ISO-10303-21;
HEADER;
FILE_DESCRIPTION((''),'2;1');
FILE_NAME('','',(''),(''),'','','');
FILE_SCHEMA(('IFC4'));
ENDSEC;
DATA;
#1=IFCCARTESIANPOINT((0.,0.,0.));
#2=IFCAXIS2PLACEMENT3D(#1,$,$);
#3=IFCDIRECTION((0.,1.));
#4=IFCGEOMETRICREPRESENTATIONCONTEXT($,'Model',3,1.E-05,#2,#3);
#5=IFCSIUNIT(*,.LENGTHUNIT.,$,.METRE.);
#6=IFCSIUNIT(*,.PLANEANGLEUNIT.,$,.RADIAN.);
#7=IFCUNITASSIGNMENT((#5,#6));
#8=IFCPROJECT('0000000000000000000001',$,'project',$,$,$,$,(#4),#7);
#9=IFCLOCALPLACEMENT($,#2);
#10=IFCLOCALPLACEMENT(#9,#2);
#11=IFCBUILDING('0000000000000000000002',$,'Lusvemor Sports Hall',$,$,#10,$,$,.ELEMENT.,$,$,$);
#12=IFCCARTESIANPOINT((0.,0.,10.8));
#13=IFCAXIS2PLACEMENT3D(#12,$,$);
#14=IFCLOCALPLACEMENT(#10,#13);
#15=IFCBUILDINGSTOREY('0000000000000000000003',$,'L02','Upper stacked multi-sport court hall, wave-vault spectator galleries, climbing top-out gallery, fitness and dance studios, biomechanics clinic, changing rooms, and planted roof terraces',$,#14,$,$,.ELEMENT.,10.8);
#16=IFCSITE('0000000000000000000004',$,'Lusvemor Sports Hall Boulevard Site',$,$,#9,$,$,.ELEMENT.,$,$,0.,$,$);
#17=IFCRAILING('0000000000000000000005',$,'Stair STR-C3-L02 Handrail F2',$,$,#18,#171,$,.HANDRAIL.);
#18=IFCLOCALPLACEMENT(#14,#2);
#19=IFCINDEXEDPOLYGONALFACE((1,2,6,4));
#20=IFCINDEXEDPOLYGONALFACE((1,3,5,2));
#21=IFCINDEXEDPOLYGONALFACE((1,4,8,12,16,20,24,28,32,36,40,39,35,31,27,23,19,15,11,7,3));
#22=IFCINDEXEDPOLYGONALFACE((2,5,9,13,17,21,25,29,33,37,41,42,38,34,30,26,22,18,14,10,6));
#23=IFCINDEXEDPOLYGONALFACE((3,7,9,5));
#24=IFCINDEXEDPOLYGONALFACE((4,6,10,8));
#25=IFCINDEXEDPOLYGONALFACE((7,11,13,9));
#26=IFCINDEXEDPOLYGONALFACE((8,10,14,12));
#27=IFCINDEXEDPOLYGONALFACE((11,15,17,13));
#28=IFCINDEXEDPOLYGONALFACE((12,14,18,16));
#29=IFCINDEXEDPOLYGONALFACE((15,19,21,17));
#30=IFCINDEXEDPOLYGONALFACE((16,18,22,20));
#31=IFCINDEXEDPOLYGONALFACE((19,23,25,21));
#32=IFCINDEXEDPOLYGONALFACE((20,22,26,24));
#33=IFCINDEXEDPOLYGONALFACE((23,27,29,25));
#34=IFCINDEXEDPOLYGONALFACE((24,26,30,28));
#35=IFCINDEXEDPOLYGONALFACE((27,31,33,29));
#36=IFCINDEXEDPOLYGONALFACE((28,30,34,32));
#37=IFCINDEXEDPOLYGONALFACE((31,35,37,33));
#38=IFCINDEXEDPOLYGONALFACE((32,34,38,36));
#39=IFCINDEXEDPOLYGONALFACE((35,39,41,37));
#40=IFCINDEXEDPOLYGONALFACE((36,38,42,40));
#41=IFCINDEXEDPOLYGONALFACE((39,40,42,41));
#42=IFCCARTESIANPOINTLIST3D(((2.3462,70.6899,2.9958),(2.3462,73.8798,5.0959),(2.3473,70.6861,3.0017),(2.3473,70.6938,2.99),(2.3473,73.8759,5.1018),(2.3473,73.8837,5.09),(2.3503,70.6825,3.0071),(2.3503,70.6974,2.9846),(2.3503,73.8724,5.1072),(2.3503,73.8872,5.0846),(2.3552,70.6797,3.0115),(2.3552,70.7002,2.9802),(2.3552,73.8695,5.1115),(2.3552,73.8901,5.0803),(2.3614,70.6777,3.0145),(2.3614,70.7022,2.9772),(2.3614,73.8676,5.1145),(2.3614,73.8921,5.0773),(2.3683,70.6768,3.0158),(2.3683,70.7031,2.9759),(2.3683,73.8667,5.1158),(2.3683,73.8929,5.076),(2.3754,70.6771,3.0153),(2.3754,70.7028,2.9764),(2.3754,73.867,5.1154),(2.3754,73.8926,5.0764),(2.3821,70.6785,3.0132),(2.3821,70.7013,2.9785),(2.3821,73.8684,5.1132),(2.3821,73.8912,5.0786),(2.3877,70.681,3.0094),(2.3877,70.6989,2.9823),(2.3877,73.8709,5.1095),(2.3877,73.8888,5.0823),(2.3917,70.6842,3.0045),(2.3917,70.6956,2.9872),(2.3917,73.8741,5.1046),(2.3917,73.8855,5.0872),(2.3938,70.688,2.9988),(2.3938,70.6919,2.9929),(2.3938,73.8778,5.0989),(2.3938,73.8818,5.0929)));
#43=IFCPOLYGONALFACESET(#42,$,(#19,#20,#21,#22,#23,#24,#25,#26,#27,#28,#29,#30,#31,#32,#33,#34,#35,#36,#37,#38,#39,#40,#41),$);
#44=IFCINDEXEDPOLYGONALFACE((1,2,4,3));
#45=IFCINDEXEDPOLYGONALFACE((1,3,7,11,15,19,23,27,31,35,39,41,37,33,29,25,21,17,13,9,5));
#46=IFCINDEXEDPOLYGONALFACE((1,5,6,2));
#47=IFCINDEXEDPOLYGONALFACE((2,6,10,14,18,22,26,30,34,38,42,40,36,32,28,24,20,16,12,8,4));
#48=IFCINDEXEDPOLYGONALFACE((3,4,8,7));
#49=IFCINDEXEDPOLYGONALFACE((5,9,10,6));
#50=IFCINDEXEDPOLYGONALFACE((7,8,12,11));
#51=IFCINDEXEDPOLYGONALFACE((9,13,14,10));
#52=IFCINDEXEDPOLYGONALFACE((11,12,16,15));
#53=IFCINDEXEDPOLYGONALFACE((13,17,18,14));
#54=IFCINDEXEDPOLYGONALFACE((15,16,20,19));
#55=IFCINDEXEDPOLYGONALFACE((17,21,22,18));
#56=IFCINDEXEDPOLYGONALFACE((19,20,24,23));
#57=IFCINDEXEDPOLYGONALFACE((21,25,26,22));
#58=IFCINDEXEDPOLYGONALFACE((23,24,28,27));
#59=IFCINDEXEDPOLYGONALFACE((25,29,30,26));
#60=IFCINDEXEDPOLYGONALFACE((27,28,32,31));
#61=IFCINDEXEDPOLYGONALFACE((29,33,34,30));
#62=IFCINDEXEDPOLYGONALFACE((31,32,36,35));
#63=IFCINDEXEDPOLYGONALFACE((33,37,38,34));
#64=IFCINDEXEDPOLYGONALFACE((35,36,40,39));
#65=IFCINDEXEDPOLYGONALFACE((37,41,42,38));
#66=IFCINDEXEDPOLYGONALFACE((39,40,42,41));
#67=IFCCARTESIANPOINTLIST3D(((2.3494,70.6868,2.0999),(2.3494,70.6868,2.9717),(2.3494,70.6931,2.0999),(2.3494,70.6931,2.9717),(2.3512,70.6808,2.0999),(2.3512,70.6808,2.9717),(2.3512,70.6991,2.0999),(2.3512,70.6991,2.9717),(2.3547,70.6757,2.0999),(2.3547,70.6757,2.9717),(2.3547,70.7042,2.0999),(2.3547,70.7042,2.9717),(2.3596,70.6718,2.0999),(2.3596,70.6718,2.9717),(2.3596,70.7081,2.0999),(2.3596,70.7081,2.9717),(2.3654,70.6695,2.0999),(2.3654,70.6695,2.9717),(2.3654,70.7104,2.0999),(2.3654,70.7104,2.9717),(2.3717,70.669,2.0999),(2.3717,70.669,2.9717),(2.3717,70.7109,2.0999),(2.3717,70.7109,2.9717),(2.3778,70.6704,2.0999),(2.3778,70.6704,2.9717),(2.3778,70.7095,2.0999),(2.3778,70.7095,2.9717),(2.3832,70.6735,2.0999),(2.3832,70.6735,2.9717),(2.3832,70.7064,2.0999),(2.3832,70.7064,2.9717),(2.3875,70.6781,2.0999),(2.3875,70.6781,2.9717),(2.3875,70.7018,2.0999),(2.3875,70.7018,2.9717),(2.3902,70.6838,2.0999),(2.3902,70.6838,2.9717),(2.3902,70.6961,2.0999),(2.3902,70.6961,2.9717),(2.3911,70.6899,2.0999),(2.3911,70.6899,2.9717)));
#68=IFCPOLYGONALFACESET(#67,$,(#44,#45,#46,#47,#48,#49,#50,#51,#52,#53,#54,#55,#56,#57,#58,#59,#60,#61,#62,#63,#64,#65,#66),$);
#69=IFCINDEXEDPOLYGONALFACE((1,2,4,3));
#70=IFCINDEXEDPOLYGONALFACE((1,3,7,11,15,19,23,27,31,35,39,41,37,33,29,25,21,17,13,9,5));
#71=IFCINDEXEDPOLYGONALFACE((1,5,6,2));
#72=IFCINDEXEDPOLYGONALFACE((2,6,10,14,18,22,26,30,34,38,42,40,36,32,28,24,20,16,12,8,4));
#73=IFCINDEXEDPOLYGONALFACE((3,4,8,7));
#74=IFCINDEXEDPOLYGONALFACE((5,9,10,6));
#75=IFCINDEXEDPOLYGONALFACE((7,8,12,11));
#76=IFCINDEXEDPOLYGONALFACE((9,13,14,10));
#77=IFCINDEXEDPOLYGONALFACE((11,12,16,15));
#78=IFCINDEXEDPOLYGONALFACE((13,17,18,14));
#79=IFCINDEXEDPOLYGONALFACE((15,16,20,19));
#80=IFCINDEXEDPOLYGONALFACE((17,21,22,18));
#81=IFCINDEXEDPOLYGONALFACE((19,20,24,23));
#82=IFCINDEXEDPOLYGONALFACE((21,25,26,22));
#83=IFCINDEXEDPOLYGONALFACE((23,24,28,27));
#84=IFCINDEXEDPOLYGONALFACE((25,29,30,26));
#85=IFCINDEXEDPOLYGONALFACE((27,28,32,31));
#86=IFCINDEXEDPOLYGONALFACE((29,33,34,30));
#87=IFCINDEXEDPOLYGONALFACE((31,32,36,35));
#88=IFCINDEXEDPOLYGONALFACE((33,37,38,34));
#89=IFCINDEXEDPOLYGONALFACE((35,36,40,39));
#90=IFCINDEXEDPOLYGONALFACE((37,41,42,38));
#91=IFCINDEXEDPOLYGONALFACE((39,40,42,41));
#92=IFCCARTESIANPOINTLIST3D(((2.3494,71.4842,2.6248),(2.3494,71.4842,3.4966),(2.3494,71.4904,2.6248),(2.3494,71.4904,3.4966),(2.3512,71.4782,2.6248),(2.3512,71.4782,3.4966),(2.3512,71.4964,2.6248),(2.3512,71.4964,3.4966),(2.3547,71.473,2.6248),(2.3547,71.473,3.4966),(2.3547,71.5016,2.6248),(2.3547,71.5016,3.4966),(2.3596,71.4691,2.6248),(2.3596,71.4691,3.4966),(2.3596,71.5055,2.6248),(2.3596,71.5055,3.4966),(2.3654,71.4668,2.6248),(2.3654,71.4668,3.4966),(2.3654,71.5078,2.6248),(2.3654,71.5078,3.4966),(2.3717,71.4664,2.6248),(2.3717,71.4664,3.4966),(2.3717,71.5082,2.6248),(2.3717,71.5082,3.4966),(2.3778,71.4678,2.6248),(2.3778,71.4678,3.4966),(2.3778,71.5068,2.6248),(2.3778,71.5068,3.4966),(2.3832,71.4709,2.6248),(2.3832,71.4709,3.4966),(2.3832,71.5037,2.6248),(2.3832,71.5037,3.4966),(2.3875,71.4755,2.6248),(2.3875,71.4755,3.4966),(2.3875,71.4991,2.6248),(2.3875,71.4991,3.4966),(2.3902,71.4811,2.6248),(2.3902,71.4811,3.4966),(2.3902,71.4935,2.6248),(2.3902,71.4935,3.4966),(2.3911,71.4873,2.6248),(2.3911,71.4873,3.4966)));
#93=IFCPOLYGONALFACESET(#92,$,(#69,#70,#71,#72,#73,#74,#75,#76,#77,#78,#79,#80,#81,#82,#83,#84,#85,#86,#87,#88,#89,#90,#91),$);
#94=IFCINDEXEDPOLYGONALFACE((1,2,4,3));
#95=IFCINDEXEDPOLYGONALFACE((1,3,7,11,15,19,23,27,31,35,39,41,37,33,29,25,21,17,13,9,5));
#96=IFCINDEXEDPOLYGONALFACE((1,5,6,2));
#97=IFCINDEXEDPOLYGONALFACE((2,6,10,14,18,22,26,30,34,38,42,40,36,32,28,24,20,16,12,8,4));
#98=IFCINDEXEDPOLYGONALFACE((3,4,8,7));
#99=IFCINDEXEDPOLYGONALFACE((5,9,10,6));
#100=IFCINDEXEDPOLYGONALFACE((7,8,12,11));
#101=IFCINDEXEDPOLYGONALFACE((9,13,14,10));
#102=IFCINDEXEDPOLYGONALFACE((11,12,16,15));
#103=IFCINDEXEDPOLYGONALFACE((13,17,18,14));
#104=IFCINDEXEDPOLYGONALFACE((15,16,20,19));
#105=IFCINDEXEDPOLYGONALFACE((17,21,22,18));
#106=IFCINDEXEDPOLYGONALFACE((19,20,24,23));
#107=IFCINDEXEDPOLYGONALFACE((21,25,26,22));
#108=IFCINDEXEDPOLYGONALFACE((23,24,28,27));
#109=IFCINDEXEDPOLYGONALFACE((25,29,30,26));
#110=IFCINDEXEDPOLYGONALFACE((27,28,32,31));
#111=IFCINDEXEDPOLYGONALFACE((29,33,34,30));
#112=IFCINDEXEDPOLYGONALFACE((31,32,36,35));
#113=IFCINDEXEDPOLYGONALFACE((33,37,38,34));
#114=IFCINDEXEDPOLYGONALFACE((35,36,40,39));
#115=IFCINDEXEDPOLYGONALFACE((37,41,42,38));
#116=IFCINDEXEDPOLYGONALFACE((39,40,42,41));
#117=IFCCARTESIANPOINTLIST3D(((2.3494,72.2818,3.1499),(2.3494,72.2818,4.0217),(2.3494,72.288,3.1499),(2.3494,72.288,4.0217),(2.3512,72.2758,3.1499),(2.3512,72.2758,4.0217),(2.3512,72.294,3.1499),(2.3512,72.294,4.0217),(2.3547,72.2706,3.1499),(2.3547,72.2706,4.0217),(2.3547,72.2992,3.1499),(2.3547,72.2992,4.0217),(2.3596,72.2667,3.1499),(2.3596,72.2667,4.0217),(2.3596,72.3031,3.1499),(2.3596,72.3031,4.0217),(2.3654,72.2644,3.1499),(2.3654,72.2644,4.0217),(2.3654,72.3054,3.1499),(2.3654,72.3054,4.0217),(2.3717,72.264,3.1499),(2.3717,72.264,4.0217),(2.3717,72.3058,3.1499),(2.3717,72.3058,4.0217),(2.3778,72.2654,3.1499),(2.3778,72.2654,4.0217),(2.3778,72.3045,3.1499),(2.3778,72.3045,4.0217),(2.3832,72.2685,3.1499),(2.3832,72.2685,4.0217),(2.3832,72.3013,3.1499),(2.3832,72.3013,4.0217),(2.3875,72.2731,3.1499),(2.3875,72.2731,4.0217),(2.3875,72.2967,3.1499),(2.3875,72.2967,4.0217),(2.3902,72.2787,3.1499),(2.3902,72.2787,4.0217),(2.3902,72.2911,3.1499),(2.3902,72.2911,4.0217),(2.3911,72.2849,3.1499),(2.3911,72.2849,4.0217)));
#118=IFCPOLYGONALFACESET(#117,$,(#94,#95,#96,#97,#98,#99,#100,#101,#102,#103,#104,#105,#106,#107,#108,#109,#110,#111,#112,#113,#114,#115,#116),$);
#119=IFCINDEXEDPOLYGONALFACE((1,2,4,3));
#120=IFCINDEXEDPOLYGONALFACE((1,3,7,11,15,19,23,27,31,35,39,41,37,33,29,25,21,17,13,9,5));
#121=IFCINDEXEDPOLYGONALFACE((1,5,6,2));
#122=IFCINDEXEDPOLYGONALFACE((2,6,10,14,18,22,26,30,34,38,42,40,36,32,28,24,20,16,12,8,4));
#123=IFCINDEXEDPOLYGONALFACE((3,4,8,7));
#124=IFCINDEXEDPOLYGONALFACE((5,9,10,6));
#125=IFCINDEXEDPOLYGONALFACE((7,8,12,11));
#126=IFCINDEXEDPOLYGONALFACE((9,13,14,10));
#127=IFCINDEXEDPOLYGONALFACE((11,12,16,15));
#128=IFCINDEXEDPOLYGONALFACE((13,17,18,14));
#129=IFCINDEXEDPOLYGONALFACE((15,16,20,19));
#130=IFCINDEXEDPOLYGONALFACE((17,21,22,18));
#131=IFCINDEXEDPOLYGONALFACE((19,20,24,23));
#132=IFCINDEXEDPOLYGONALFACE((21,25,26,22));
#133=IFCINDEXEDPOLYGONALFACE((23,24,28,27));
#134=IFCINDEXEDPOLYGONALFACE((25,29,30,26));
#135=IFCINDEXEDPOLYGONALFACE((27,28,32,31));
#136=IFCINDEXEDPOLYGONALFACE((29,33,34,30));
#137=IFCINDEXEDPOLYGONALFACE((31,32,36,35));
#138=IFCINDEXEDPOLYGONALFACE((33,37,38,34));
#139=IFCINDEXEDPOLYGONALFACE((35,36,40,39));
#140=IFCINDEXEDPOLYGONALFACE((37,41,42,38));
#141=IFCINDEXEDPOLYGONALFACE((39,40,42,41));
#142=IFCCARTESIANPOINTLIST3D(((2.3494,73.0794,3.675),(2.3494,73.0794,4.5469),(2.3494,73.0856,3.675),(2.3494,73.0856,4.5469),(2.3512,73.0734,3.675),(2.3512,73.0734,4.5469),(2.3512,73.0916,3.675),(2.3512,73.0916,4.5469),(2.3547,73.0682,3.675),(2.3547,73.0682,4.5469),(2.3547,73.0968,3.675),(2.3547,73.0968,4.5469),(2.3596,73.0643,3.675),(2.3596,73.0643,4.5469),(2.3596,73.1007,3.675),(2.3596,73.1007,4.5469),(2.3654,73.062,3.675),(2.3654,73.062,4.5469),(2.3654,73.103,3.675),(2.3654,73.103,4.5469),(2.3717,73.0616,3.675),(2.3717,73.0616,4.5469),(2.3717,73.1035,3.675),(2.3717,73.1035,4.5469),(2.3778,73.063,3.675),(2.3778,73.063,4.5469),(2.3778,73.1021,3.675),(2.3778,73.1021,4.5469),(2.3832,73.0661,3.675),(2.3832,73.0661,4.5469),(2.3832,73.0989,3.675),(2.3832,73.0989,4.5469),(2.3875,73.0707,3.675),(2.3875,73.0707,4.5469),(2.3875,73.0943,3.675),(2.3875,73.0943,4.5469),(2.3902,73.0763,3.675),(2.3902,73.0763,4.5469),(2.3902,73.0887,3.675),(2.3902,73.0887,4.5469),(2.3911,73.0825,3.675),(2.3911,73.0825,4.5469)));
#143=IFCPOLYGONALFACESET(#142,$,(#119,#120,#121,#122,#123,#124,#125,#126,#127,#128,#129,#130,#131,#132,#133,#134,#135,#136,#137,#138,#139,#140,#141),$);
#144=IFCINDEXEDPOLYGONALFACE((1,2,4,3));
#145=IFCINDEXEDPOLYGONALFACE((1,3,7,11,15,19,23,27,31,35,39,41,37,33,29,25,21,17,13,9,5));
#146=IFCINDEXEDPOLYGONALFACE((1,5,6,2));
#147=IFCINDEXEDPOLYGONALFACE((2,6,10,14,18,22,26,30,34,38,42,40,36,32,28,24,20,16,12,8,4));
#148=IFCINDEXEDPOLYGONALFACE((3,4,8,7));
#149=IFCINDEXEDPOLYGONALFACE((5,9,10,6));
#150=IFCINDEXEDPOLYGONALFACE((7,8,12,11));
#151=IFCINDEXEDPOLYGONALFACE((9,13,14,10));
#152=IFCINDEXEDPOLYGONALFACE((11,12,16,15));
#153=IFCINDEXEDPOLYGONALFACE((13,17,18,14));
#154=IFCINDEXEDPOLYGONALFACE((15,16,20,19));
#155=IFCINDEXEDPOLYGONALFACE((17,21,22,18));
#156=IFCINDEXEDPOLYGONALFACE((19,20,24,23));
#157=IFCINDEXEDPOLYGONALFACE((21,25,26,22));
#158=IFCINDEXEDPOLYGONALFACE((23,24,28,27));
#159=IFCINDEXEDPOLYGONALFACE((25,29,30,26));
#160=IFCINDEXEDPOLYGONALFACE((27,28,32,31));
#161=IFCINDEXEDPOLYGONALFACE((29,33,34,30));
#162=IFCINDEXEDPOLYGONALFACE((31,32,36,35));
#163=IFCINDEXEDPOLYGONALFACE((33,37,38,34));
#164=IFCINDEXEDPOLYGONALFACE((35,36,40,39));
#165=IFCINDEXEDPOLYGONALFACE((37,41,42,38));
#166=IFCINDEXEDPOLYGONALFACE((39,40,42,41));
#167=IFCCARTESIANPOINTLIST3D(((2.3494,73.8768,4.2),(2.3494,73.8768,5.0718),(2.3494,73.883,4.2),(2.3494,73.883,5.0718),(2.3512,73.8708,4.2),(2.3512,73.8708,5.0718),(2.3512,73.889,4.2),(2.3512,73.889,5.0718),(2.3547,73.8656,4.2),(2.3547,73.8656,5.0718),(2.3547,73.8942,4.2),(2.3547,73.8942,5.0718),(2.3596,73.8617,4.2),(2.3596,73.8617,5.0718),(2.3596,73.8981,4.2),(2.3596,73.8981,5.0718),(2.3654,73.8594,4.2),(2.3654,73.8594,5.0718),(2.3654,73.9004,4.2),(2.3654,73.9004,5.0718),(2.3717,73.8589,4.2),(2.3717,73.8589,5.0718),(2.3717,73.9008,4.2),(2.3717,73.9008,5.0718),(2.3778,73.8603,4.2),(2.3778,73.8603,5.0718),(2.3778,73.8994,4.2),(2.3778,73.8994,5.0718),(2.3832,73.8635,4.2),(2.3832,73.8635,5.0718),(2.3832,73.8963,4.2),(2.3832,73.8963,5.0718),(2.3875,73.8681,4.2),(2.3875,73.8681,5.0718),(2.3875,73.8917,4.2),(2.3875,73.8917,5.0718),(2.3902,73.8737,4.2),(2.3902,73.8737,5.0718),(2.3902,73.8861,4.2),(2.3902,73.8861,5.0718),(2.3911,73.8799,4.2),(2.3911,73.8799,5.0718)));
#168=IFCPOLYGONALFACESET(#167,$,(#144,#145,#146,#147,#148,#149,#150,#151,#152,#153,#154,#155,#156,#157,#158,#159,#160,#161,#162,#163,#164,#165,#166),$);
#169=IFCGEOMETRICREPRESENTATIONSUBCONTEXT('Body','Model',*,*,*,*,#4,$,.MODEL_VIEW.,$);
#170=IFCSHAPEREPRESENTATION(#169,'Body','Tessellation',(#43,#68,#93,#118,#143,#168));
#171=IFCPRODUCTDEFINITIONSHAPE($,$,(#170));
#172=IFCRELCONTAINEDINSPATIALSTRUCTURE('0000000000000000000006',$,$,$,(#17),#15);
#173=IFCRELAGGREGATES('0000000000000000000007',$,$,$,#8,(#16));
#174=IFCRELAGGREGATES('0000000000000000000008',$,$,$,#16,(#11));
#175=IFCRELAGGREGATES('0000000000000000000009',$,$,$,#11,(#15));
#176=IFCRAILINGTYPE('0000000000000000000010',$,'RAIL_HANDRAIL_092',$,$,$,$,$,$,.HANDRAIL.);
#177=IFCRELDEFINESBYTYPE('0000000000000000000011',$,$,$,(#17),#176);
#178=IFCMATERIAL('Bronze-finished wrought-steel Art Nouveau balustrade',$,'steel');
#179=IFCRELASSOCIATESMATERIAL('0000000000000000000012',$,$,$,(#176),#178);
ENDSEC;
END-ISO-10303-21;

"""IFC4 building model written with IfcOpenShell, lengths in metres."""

from ifc_helpers import new_model, si_unit, direction, frame, origin, origin_2d, place, context, subcontext, project, spatial, circle, extrude, material, type_object, element, save


model = new_model("IFC4")

# Units and contexts
model_context = context("Model", 3, precision=1e-05, world=origin(), true_north=direction((0.0, 1.0)))
body_context = subcontext(model_context, "Body", "Model", "MODEL_VIEW")
ifc_project = project(units=[si_unit("LENGTHUNIT", "METRE"), si_unit("PLANEANGLEUNIT", "RADIAN")], contexts=[model_context])

# Site, building, storey
site_placement = place(None, origin())
site = spatial("IfcSite", under=ifc_project, at=site_placement, Name="Lusvemor Sports Hall Boulevard Site", CompositionType="ELEMENT", RefElevation=0.0)
building_placement = place(site_placement, origin())
building = spatial("IfcBuilding", under=site, at=building_placement, Name="Lusvemor Sports Hall", CompositionType="ELEMENT")
storey_placement = place(building_placement, frame((0.0, 0.0, 10.8)))
storey = spatial("IfcBuildingStorey", under=building, at=storey_placement, Name="L02", Description="Upper stacked multi-sport court hall, wave-vault spectator galleries, climbing top-out gallery, fitness and dance studios, biomechanics clinic, changing rooms, and planted roof terraces", CompositionType="ELEMENT", Elevation=10.8)

# Railing
ifc_material_1 = material(Name="Bronze-finished wrought-steel Art Nouveau balustrade", Category="steel")
railing_type_1 = type_object("IfcRailingType", Name="RAIL_HANDRAIL_092", PredefinedType="HANDRAIL", material=ifc_material_1)
railing_1_placement = place(storey_placement, frame((2.3701, 70.6899, 2.0999)))
element("IfcRailing", 1, at=railing_1_placement, inside=storey, type_object=railing_type_1, Name="Stair STR-C3-L02 Handrail F2", PredefinedType="HANDRAIL", context=body_context, shape_type="SweptSolid", body=[
    extrude(circle(Radius=0.0239, at=origin_2d()), frame((0.0, 0.0, 0.896), z_axis=(0.0, 0.835242, 0.549882), x_axis=(-1.0, 0.0, 0.0)), (0.0, 0.0, 1.0), 3.8191),
    extrude(circle(Radius=0.021, at=origin_2d()), origin(), (0.0, 0.0, 1.0), 0.8718),
    extrude(circle(Radius=0.021, at=origin_2d()), frame((0.0, 0.7974, 0.5249)), (0.0, 0.0, 1.0), 0.8718),
    extrude(circle(Radius=0.021, at=origin_2d()), frame((0.0, 1.595, 1.05)), (0.0, 0.0, 1.0), 0.8718),
    extrude(circle(Radius=0.021, at=origin_2d()), frame((0.0, 2.3926, 1.5752)), (0.0, 0.0, 1.0), 0.8718),
    extrude(circle(Radius=0.021, at=origin_2d()), frame((0.0, 3.1899, 2.1001)), (0.0, 0.0, 1.0), 0.8718),
])

save(model, "model.ifc")
